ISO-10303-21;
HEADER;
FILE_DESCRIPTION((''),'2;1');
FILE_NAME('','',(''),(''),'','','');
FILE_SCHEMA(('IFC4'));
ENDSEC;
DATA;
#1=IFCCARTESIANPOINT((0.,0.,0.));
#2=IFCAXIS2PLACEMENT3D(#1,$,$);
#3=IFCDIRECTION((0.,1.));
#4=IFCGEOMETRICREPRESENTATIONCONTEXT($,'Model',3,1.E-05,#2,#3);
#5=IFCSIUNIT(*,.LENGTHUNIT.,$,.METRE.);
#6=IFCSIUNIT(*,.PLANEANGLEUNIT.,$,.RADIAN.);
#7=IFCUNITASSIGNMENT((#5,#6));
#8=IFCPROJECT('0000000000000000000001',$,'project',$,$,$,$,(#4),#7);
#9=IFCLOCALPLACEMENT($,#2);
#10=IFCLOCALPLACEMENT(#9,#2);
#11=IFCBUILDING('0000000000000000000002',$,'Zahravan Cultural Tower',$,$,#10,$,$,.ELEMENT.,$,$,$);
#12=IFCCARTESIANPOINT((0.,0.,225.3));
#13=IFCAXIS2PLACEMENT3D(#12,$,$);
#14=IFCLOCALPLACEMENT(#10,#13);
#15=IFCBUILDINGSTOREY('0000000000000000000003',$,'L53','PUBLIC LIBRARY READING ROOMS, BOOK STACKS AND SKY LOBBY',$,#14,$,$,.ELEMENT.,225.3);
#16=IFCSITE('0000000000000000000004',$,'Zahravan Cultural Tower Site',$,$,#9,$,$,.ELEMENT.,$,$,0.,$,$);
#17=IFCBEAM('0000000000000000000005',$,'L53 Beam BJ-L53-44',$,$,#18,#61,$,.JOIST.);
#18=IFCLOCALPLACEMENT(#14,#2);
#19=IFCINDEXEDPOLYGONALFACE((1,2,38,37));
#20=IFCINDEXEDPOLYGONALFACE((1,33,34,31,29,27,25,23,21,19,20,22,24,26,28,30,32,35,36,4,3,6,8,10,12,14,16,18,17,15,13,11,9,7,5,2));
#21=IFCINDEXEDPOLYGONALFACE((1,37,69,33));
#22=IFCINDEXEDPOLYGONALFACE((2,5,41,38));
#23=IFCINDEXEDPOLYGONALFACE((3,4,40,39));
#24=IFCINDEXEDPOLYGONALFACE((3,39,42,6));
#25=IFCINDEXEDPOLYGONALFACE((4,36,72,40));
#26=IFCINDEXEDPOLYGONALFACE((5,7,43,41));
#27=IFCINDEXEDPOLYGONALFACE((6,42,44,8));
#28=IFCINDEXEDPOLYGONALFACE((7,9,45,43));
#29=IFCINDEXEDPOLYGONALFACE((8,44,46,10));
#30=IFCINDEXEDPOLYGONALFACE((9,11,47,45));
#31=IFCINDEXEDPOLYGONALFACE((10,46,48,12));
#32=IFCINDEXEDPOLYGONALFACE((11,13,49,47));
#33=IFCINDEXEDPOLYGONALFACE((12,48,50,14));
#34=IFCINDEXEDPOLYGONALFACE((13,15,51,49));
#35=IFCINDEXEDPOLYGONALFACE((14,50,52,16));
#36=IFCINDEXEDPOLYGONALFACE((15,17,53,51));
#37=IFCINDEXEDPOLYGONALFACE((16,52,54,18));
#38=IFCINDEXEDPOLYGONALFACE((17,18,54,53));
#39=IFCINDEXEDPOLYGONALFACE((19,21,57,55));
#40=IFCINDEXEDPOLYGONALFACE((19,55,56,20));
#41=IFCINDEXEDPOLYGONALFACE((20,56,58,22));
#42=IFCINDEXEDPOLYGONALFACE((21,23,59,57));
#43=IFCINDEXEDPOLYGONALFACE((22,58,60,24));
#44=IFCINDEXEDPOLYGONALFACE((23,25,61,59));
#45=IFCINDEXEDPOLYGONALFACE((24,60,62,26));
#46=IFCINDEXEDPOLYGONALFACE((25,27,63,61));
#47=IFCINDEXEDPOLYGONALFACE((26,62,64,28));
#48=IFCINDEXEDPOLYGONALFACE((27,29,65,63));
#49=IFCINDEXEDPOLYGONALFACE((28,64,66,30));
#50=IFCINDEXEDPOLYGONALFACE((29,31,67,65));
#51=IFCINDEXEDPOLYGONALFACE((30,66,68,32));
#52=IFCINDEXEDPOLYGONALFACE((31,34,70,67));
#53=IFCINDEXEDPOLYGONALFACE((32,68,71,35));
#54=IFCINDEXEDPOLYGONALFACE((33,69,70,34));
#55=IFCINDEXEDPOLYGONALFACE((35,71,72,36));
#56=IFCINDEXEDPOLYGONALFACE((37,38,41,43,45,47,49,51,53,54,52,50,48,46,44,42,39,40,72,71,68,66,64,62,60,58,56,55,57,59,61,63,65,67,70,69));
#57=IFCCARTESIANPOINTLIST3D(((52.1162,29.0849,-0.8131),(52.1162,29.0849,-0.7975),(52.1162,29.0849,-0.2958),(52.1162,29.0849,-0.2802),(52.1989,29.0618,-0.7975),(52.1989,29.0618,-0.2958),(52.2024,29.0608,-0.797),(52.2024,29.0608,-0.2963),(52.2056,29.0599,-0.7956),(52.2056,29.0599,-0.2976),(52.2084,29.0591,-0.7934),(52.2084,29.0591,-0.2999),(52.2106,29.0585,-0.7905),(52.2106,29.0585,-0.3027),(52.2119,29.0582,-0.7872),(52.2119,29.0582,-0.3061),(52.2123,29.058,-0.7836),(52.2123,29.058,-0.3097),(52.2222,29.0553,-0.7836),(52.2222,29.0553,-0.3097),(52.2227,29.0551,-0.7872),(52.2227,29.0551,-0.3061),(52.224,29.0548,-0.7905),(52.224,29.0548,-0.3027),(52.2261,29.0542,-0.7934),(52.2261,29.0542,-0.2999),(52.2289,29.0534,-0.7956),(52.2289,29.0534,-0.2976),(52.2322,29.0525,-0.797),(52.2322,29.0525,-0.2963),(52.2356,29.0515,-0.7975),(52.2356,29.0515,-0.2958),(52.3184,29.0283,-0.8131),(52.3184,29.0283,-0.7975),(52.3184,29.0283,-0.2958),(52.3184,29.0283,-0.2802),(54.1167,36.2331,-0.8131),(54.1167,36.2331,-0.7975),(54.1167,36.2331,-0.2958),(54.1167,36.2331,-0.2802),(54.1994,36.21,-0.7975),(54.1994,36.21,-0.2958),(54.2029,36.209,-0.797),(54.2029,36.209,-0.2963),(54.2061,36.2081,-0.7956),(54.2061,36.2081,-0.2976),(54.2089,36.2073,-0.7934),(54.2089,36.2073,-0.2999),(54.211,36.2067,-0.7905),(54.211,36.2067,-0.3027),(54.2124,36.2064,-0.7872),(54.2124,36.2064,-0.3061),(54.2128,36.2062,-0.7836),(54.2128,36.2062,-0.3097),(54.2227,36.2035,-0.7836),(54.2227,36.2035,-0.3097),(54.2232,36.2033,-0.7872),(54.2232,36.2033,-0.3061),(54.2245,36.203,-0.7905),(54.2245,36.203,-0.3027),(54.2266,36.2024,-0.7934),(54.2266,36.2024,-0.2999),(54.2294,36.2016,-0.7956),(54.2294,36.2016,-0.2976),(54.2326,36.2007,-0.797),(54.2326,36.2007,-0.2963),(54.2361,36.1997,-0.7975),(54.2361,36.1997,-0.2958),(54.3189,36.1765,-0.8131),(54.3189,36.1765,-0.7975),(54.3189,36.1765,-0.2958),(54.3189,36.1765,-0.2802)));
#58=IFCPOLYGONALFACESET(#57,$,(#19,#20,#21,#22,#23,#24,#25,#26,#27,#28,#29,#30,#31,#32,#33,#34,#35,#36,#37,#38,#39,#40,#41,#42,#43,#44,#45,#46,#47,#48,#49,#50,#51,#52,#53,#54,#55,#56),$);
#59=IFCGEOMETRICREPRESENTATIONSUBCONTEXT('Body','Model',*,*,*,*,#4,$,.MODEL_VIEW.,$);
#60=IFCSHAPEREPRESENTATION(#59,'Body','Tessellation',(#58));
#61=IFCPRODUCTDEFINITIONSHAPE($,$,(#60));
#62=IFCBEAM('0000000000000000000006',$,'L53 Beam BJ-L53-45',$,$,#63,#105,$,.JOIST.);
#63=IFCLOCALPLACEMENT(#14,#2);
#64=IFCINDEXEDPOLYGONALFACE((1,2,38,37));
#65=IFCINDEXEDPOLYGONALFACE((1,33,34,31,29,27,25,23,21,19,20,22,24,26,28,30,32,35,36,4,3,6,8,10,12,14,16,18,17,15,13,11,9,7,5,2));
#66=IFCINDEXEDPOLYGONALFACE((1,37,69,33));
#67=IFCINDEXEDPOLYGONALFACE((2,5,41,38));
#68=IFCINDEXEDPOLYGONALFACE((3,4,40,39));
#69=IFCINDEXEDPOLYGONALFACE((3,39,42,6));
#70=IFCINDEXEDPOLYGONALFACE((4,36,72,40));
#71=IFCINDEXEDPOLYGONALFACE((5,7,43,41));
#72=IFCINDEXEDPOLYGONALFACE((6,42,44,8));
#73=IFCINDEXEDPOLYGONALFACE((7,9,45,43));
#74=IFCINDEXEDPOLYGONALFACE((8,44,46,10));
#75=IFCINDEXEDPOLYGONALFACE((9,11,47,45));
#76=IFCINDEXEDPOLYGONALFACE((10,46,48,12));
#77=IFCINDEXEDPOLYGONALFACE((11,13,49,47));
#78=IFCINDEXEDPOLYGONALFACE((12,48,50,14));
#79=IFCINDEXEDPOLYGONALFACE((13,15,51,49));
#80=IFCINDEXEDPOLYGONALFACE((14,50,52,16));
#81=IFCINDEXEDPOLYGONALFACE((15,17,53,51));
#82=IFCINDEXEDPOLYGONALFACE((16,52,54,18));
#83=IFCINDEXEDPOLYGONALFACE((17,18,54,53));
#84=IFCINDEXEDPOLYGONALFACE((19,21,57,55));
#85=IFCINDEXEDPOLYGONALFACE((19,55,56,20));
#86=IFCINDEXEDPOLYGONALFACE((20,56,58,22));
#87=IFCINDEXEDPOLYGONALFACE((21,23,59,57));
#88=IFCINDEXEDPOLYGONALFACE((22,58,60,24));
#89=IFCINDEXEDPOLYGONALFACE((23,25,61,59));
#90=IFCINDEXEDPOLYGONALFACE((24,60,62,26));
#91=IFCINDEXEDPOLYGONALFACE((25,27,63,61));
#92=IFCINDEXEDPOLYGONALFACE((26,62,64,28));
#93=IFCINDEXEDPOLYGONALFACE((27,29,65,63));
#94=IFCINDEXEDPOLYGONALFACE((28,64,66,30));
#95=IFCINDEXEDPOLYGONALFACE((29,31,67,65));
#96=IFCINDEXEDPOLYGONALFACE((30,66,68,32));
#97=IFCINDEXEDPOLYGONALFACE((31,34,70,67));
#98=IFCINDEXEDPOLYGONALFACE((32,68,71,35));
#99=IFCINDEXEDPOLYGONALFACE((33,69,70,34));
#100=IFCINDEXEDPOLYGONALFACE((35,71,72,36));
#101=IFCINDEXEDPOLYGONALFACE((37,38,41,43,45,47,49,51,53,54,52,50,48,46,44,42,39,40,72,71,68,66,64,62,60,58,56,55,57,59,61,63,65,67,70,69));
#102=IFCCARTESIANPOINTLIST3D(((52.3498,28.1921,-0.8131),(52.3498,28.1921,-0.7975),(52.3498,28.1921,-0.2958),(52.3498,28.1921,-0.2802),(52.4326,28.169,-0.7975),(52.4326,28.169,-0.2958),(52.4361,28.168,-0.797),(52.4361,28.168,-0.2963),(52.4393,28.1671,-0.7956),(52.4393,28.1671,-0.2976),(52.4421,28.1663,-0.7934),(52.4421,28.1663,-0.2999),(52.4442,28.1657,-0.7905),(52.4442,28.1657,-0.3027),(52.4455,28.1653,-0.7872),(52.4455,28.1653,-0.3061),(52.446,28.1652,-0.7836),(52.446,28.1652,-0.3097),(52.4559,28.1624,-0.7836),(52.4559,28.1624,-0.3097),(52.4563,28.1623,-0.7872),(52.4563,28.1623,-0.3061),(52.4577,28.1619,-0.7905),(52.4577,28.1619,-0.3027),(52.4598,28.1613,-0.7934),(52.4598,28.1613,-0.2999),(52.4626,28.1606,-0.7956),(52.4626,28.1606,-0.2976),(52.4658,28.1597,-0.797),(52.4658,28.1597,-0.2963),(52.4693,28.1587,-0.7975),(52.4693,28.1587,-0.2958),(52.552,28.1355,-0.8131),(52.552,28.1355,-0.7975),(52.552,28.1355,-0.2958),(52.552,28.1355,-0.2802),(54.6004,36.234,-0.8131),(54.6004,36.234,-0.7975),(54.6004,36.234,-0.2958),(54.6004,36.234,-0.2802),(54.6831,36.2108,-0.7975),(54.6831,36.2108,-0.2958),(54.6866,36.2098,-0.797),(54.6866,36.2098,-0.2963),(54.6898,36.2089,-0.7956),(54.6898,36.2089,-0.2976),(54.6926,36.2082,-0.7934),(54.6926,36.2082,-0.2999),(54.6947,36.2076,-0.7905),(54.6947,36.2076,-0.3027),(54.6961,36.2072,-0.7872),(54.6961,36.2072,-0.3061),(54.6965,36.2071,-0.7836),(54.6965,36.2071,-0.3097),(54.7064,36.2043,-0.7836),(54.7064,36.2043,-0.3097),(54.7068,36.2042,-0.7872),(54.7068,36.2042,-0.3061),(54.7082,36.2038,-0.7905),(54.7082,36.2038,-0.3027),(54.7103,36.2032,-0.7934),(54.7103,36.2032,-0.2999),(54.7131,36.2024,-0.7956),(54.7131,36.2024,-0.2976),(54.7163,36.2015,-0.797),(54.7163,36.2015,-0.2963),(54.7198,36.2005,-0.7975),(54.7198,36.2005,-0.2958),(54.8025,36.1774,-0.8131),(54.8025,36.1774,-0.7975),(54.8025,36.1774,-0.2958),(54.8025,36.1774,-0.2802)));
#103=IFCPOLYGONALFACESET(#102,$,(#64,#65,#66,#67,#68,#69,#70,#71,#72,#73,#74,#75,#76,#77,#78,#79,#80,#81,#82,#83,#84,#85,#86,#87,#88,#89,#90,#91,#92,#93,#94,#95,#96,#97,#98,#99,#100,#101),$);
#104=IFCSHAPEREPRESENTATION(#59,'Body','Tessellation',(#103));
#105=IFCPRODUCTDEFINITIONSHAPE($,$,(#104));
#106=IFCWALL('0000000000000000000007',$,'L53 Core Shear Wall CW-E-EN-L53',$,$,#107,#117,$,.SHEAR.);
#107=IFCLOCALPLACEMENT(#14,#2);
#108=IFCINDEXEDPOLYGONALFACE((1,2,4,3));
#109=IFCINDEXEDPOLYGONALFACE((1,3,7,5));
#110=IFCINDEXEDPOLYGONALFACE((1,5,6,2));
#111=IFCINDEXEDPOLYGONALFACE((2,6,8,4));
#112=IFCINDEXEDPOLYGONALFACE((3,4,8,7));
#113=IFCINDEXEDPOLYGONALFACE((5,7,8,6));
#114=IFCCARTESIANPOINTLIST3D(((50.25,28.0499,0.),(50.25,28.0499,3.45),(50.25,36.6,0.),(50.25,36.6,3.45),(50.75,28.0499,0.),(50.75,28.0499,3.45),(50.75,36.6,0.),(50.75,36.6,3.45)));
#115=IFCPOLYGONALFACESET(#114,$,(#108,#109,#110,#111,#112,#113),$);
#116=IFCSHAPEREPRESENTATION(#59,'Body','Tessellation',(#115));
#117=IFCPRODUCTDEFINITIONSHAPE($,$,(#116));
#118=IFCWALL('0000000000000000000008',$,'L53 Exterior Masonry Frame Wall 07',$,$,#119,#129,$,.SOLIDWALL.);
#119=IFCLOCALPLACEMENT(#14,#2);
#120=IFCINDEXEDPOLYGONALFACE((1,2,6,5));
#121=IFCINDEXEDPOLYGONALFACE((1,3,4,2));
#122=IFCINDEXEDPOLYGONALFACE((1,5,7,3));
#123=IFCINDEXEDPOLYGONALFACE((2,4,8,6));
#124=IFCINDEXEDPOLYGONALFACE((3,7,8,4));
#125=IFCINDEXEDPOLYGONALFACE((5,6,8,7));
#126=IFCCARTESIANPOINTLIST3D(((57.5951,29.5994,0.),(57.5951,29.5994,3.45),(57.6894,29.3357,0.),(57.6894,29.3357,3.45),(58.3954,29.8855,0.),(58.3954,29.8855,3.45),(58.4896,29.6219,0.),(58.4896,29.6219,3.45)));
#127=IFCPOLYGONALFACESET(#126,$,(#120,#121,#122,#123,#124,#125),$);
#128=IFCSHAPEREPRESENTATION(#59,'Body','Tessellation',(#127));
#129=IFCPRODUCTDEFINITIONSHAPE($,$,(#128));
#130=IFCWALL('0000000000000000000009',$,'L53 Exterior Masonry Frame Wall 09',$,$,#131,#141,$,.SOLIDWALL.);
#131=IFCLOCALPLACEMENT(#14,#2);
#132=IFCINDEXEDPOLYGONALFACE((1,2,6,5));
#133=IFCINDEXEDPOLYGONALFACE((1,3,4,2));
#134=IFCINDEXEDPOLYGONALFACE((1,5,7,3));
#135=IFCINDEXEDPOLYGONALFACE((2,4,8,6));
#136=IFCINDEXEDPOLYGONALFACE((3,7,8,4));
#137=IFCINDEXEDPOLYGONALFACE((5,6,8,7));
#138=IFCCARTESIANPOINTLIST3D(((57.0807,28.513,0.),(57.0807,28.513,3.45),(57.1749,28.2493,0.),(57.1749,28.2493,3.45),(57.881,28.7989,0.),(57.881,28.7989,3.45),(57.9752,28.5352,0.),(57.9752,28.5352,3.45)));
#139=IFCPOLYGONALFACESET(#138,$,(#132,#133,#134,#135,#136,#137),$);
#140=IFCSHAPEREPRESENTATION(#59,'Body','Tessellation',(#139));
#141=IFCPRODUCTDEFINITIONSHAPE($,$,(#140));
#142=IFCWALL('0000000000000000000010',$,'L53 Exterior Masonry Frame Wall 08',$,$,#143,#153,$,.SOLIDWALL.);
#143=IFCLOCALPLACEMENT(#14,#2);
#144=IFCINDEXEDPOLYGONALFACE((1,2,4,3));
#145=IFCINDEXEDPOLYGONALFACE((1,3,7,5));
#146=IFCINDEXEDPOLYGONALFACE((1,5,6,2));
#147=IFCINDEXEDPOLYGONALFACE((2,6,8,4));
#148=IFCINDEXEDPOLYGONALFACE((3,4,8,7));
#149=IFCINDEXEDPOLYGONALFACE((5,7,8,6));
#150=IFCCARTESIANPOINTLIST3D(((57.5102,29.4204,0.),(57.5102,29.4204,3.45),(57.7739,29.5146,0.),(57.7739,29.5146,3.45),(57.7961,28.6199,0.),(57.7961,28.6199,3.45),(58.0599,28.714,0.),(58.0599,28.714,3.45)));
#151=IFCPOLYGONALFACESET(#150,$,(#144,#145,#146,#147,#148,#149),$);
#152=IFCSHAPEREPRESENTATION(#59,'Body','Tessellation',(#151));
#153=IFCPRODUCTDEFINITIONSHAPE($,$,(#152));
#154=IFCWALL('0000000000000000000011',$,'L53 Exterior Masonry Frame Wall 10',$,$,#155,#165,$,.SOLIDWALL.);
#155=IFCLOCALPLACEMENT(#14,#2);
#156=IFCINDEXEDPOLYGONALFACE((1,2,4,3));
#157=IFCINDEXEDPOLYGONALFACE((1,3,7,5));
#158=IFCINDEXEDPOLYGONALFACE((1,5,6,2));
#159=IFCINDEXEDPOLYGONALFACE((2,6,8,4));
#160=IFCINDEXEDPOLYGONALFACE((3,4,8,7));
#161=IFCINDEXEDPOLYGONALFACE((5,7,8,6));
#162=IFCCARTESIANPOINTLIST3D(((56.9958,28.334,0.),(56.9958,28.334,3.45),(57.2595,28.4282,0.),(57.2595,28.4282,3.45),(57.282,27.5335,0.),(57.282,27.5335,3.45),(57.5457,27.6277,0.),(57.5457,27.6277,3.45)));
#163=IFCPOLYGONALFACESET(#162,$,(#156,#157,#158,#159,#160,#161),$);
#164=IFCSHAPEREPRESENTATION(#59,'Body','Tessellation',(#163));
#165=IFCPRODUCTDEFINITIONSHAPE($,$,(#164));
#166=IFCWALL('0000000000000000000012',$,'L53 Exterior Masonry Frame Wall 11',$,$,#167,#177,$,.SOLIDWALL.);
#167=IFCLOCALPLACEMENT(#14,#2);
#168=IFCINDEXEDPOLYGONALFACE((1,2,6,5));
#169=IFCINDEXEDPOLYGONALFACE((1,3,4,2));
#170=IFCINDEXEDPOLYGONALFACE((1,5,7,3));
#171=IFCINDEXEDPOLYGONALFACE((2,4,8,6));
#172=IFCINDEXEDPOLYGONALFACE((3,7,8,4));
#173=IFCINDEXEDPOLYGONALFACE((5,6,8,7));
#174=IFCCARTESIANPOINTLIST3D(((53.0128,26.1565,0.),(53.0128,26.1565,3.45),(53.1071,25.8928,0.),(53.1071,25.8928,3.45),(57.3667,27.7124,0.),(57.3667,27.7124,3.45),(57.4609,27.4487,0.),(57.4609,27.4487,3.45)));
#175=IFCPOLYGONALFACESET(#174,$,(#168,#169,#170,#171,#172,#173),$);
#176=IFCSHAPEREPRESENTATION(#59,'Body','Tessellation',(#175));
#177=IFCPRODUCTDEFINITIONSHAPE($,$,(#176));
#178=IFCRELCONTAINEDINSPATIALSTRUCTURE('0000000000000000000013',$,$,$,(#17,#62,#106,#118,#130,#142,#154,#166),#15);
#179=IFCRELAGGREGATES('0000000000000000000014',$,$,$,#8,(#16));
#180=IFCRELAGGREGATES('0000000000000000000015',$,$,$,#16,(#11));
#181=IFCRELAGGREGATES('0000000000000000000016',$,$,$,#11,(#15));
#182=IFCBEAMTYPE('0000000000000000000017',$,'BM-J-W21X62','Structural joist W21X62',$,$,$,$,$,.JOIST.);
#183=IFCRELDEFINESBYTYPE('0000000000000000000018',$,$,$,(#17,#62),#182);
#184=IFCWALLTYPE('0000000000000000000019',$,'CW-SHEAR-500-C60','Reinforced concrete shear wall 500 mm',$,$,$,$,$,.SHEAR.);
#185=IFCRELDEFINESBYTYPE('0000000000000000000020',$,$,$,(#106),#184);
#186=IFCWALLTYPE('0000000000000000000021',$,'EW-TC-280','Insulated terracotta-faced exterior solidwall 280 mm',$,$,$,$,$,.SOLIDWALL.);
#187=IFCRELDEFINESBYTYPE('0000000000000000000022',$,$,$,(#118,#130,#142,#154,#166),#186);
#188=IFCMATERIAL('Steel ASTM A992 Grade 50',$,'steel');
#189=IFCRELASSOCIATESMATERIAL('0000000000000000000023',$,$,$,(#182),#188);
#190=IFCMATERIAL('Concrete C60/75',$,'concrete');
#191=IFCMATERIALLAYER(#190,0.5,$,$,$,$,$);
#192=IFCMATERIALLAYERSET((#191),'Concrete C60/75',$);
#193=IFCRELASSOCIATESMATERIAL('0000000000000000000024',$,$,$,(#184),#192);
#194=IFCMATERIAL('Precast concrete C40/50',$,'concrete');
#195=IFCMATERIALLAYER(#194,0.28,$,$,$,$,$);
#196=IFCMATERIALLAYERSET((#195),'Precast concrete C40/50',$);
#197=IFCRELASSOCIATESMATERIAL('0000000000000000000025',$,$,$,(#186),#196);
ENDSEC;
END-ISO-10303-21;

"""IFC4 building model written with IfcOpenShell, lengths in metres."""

from ifc_helpers import new_model, si_unit, direction, frame, frame_2d, origin, origin_2d, place, context, subcontext, project, spatial, rectangle, i_section, extrude, source, transform, mapped, material, layer, layer_set, material_profile, profile_set, type_object, element, save


model = new_model("IFC4")

# Units and contexts
model_context = context("Model", 3, precision=1e-05, world=origin(), true_north=direction((0.0, 1.0)))
body_context = subcontext(model_context, "Body", "Model", "MODEL_VIEW")
ifc_project = project(units=[si_unit("LENGTHUNIT", "METRE"), si_unit("PLANEANGLEUNIT", "RADIAN")], contexts=[model_context])

# Site, building, storey
site_placement = place(None, origin())
site = spatial("IfcSite", under=ifc_project, at=site_placement, Name="Zahravan Cultural Tower Site", CompositionType="ELEMENT", RefElevation=0.0)
building_placement = place(site_placement, origin())
building = spatial("IfcBuilding", under=site, at=building_placement, Name="Zahravan Cultural Tower", CompositionType="ELEMENT")
storey_placement = place(building_placement, frame((0.0, 0.0, 225.3)))
storey = spatial("IfcBuildingStorey", under=building, at=storey_placement, Name="L53", Description="PUBLIC LIBRARY READING ROOMS, BOOK STACKS AND SKY LOBBY", CompositionType="ELEMENT", Elevation=225.3)

# Shared definitions
ifc_material_1 = material(Name="Steel ASTM A992 Grade 50", Category="steel")

# Beams
ifc_material_profile_1 = material_profile(ifc_material_1, i_section(OverallWidth=0.21, OverallDepth=0.533, WebThickness=0.0103, FlangeThickness=0.0156, FilletRadius=0.0139, at=origin_2d()), Name="W21X62")
ifc_profile_set_1 = profile_set([ifc_material_profile_1], Name="Steel ASTM A992 Grade 50")
beam_type_1 = type_object("IfcBeamType", Name="BM-J-W21X62", Description="Structural joist W21X62", PredefinedType="JOIST", material=ifc_profile_set_1)
shared_shape_1 = source(origin(), body_context, "Body", "SweptSolid", [
    extrude(i_section(OverallWidth=0.21, OverallDepth=0.533, WebThickness=0.0103, FlangeThickness=0.0156, FilletRadius=0.0139, at=origin_2d()), origin(), (0.0, 0.0, 1.0), 7.4229),
])
beam_1_placement = place(storey_placement, frame((52.2173, 29.0566, -0.5466), z_axis=(0.269504, 0.962999, 0.0), x_axis=(-0.962999, 0.269504, 0.0)))
element("IfcBeam", 1, at=beam_1_placement, inside=storey, type_object=beam_type_1, Name="L53 Beam BJ-L53-44", PredefinedType="JOIST", context=body_context, shape_type="MappedRepresentation", body=[
    mapped(shared_shape_1, transform((0.0, 0.0, 0.0), x_axis=(1.0, 0.0, 0.0), y_axis=(0.0, 1.0, 0.0), z_axis=(0.0, 0.0, 1.0), scale=1.0)),
])
shared_shape_2 = source(origin(), body_context, "Body", "SweptSolid", [
    extrude(i_section(OverallWidth=0.21, OverallDepth=0.533, WebThickness=0.0103, FlangeThickness=0.0156, FilletRadius=0.0139, at=origin_2d()), origin(), (0.0, 0.0, 1.0), 8.3508),
])
beam_2_placement = place(storey_placement, frame((52.4509, 28.1638, -0.5466), z_axis=(0.269497, 0.963001, 0.0), x_axis=(-0.963001, 0.269497, 0.0)))
element("IfcBeam", 2, at=beam_2_placement, inside=storey, type_object=beam_type_1, Name="L53 Beam BJ-L53-45", PredefinedType="JOIST", context=body_context, shape_type="MappedRepresentation", body=[
    mapped(shared_shape_2, transform((0.0, 0.0, 0.0), x_axis=(1.0, 0.0, 0.0), y_axis=(0.0, 1.0, 0.0), z_axis=(0.0, 0.0, 1.0), scale=1.0)),
])

# Walls
ifc_material_2 = material(Name="Concrete C60/75", Category="concrete")
ifc_layer_1 = layer(ifc_material_2, 0.5)
ifc_layer_set_1 = layer_set([ifc_layer_1], Name="Concrete C60/75")
wall_type_1 = type_object("IfcWallType", Name="CW-SHEAR-500-C60", Description="Reinforced concrete shear wall 500 mm", PredefinedType="SHEAR", material=ifc_layer_set_1)
shared_shape_3 = source(origin(), body_context, "Body", "SweptSolid", [
    extrude(rectangle(XDim=8.55, YDim=0.5, at=frame_2d((4.2749, 0.0))), origin(), (0.0, 0.0, 1.0), 3.45),
])
wall_1_placement = place(storey_placement, frame((50.5, 28.05, 0.0), z_axis=(0.0, 0.0, 1.0), x_axis=(0.0, 1.0, 0.0)))
element("IfcWall", 3, at=wall_1_placement, inside=storey, type_object=wall_type_1, Name="L53 Core Shear Wall CW-E-EN-L53", PredefinedType="SHEAR", context=body_context, shape_type="MappedRepresentation", body=[
    mapped(shared_shape_3, transform((0.0, 0.0, 0.0), x_axis=(1.0, 0.0, 0.0), y_axis=(0.0, 1.0, 0.0), z_axis=(0.0, 0.0, 1.0), scale=1.0)),
])
ifc_material_3 = material(Name="Precast concrete C40/50", Category="concrete")
ifc_layer_2 = layer(ifc_material_3, 0.28)
ifc_layer_set_2 = layer_set([ifc_layer_2], Name="Precast concrete C40/50")
wall_type_2 = type_object("IfcWallType", Name="EW-TC-280", Description="Insulated terracotta-faced exterior solidwall 280 mm", PredefinedType="SOLIDWALL", material=ifc_layer_set_2)
shared_shape_4 = source(origin(), body_context, "Body", "SweptSolid", [
    extrude(rectangle(XDim=0.8499, YDim=0.28, at=frame_2d((0.4248, 0.0))), origin(), (0.0, 0.0, 1.0), 3.45),
])
for number, where, z_axis, x_axis, name in (
    (4, (58.4424, 29.7537, 0.0), (0.0, 0.0, 1.0), (-0.941625, -0.336664, 0.0), "L53 Exterior Masonry Frame Wall 07"),
    (5, (57.928, 28.667, 0.0), (0.0, 0.0, 1.0), (-0.941716, -0.336409, 0.0), "L53 Exterior Masonry Frame Wall 09"),
):
    element("IfcWall", number, at=place(storey_placement, frame(where, z_axis=z_axis, x_axis=x_axis)), inside=storey, type_object=wall_type_2, Name=name, PredefinedType="SOLIDWALL", context=body_context, shape_type="MappedRepresentation", body=[
        mapped(shared_shape_4, transform((0.0, 0.0, 0.0), x_axis=(1.0, 0.0, 0.0), y_axis=(0.0, 1.0, 0.0), z_axis=(0.0, 0.0, 1.0), scale=1.0)),
    ])
shared_shape_5 = source(origin(), body_context, "Body", "SweptSolid", [
    extrude(rectangle(XDim=0.8501, YDim=0.28, at=frame_2d((0.425, 0.0))), origin(), (0.0, 0.0, 1.0), 3.45),
])
for number, where, z_axis, x_axis, name in (
    (6, (57.6421, 29.4675, 0.0), (0.0, 0.0, 1.0), (0.336318, -0.941748, 0.0), "L53 Exterior Masonry Frame Wall 08"),
    (7, (57.1277, 28.3811, 0.0), (0.0, 0.0, 1.0), (0.336573, -0.941657, 0.0), "L53 Exterior Masonry Frame Wall 10"),
):
    element("IfcWall", number, at=place(storey_placement, frame(where, z_axis=z_axis, x_axis=x_axis)), inside=storey, type_object=wall_type_2, Name=name, PredefinedType="SOLIDWALL", context=body_context, shape_type="MappedRepresentation", body=[
        mapped(shared_shape_5, transform((0.0, 0.0, 0.0), x_axis=(1.0, 0.0, 0.0), y_axis=(0.0, 1.0, 0.0), z_axis=(0.0, 0.0, 1.0), scale=1.0)),
    ])
shared_shape_6 = source(origin(), body_context, "Body", "SweptSolid", [
    extrude(rectangle(XDim=4.6235, YDim=0.28, at=frame_2d((2.3118, 0.0))), origin(), (0.0, 0.0, 1.0), 3.45),
])
wall_2_placement = place(storey_placement, frame((57.4138, 27.5806, 0.0), z_axis=(0.0, 0.0, 1.0), x_axis=(-0.941674, -0.336527, 0.0)))
element("IfcWall", 8, at=wall_2_placement, inside=storey, type_object=wall_type_2, Name="L53 Exterior Masonry Frame Wall 11", PredefinedType="SOLIDWALL", context=body_context, shape_type="MappedRepresentation", body=[
    mapped(shared_shape_6, transform((0.0, 0.0, 0.0), x_axis=(1.0, 0.0, 0.0), y_axis=(0.0, 1.0, 0.0), z_axis=(0.0, 0.0, 1.0), scale=1.0)),
])

save(model, "model.ifc")
